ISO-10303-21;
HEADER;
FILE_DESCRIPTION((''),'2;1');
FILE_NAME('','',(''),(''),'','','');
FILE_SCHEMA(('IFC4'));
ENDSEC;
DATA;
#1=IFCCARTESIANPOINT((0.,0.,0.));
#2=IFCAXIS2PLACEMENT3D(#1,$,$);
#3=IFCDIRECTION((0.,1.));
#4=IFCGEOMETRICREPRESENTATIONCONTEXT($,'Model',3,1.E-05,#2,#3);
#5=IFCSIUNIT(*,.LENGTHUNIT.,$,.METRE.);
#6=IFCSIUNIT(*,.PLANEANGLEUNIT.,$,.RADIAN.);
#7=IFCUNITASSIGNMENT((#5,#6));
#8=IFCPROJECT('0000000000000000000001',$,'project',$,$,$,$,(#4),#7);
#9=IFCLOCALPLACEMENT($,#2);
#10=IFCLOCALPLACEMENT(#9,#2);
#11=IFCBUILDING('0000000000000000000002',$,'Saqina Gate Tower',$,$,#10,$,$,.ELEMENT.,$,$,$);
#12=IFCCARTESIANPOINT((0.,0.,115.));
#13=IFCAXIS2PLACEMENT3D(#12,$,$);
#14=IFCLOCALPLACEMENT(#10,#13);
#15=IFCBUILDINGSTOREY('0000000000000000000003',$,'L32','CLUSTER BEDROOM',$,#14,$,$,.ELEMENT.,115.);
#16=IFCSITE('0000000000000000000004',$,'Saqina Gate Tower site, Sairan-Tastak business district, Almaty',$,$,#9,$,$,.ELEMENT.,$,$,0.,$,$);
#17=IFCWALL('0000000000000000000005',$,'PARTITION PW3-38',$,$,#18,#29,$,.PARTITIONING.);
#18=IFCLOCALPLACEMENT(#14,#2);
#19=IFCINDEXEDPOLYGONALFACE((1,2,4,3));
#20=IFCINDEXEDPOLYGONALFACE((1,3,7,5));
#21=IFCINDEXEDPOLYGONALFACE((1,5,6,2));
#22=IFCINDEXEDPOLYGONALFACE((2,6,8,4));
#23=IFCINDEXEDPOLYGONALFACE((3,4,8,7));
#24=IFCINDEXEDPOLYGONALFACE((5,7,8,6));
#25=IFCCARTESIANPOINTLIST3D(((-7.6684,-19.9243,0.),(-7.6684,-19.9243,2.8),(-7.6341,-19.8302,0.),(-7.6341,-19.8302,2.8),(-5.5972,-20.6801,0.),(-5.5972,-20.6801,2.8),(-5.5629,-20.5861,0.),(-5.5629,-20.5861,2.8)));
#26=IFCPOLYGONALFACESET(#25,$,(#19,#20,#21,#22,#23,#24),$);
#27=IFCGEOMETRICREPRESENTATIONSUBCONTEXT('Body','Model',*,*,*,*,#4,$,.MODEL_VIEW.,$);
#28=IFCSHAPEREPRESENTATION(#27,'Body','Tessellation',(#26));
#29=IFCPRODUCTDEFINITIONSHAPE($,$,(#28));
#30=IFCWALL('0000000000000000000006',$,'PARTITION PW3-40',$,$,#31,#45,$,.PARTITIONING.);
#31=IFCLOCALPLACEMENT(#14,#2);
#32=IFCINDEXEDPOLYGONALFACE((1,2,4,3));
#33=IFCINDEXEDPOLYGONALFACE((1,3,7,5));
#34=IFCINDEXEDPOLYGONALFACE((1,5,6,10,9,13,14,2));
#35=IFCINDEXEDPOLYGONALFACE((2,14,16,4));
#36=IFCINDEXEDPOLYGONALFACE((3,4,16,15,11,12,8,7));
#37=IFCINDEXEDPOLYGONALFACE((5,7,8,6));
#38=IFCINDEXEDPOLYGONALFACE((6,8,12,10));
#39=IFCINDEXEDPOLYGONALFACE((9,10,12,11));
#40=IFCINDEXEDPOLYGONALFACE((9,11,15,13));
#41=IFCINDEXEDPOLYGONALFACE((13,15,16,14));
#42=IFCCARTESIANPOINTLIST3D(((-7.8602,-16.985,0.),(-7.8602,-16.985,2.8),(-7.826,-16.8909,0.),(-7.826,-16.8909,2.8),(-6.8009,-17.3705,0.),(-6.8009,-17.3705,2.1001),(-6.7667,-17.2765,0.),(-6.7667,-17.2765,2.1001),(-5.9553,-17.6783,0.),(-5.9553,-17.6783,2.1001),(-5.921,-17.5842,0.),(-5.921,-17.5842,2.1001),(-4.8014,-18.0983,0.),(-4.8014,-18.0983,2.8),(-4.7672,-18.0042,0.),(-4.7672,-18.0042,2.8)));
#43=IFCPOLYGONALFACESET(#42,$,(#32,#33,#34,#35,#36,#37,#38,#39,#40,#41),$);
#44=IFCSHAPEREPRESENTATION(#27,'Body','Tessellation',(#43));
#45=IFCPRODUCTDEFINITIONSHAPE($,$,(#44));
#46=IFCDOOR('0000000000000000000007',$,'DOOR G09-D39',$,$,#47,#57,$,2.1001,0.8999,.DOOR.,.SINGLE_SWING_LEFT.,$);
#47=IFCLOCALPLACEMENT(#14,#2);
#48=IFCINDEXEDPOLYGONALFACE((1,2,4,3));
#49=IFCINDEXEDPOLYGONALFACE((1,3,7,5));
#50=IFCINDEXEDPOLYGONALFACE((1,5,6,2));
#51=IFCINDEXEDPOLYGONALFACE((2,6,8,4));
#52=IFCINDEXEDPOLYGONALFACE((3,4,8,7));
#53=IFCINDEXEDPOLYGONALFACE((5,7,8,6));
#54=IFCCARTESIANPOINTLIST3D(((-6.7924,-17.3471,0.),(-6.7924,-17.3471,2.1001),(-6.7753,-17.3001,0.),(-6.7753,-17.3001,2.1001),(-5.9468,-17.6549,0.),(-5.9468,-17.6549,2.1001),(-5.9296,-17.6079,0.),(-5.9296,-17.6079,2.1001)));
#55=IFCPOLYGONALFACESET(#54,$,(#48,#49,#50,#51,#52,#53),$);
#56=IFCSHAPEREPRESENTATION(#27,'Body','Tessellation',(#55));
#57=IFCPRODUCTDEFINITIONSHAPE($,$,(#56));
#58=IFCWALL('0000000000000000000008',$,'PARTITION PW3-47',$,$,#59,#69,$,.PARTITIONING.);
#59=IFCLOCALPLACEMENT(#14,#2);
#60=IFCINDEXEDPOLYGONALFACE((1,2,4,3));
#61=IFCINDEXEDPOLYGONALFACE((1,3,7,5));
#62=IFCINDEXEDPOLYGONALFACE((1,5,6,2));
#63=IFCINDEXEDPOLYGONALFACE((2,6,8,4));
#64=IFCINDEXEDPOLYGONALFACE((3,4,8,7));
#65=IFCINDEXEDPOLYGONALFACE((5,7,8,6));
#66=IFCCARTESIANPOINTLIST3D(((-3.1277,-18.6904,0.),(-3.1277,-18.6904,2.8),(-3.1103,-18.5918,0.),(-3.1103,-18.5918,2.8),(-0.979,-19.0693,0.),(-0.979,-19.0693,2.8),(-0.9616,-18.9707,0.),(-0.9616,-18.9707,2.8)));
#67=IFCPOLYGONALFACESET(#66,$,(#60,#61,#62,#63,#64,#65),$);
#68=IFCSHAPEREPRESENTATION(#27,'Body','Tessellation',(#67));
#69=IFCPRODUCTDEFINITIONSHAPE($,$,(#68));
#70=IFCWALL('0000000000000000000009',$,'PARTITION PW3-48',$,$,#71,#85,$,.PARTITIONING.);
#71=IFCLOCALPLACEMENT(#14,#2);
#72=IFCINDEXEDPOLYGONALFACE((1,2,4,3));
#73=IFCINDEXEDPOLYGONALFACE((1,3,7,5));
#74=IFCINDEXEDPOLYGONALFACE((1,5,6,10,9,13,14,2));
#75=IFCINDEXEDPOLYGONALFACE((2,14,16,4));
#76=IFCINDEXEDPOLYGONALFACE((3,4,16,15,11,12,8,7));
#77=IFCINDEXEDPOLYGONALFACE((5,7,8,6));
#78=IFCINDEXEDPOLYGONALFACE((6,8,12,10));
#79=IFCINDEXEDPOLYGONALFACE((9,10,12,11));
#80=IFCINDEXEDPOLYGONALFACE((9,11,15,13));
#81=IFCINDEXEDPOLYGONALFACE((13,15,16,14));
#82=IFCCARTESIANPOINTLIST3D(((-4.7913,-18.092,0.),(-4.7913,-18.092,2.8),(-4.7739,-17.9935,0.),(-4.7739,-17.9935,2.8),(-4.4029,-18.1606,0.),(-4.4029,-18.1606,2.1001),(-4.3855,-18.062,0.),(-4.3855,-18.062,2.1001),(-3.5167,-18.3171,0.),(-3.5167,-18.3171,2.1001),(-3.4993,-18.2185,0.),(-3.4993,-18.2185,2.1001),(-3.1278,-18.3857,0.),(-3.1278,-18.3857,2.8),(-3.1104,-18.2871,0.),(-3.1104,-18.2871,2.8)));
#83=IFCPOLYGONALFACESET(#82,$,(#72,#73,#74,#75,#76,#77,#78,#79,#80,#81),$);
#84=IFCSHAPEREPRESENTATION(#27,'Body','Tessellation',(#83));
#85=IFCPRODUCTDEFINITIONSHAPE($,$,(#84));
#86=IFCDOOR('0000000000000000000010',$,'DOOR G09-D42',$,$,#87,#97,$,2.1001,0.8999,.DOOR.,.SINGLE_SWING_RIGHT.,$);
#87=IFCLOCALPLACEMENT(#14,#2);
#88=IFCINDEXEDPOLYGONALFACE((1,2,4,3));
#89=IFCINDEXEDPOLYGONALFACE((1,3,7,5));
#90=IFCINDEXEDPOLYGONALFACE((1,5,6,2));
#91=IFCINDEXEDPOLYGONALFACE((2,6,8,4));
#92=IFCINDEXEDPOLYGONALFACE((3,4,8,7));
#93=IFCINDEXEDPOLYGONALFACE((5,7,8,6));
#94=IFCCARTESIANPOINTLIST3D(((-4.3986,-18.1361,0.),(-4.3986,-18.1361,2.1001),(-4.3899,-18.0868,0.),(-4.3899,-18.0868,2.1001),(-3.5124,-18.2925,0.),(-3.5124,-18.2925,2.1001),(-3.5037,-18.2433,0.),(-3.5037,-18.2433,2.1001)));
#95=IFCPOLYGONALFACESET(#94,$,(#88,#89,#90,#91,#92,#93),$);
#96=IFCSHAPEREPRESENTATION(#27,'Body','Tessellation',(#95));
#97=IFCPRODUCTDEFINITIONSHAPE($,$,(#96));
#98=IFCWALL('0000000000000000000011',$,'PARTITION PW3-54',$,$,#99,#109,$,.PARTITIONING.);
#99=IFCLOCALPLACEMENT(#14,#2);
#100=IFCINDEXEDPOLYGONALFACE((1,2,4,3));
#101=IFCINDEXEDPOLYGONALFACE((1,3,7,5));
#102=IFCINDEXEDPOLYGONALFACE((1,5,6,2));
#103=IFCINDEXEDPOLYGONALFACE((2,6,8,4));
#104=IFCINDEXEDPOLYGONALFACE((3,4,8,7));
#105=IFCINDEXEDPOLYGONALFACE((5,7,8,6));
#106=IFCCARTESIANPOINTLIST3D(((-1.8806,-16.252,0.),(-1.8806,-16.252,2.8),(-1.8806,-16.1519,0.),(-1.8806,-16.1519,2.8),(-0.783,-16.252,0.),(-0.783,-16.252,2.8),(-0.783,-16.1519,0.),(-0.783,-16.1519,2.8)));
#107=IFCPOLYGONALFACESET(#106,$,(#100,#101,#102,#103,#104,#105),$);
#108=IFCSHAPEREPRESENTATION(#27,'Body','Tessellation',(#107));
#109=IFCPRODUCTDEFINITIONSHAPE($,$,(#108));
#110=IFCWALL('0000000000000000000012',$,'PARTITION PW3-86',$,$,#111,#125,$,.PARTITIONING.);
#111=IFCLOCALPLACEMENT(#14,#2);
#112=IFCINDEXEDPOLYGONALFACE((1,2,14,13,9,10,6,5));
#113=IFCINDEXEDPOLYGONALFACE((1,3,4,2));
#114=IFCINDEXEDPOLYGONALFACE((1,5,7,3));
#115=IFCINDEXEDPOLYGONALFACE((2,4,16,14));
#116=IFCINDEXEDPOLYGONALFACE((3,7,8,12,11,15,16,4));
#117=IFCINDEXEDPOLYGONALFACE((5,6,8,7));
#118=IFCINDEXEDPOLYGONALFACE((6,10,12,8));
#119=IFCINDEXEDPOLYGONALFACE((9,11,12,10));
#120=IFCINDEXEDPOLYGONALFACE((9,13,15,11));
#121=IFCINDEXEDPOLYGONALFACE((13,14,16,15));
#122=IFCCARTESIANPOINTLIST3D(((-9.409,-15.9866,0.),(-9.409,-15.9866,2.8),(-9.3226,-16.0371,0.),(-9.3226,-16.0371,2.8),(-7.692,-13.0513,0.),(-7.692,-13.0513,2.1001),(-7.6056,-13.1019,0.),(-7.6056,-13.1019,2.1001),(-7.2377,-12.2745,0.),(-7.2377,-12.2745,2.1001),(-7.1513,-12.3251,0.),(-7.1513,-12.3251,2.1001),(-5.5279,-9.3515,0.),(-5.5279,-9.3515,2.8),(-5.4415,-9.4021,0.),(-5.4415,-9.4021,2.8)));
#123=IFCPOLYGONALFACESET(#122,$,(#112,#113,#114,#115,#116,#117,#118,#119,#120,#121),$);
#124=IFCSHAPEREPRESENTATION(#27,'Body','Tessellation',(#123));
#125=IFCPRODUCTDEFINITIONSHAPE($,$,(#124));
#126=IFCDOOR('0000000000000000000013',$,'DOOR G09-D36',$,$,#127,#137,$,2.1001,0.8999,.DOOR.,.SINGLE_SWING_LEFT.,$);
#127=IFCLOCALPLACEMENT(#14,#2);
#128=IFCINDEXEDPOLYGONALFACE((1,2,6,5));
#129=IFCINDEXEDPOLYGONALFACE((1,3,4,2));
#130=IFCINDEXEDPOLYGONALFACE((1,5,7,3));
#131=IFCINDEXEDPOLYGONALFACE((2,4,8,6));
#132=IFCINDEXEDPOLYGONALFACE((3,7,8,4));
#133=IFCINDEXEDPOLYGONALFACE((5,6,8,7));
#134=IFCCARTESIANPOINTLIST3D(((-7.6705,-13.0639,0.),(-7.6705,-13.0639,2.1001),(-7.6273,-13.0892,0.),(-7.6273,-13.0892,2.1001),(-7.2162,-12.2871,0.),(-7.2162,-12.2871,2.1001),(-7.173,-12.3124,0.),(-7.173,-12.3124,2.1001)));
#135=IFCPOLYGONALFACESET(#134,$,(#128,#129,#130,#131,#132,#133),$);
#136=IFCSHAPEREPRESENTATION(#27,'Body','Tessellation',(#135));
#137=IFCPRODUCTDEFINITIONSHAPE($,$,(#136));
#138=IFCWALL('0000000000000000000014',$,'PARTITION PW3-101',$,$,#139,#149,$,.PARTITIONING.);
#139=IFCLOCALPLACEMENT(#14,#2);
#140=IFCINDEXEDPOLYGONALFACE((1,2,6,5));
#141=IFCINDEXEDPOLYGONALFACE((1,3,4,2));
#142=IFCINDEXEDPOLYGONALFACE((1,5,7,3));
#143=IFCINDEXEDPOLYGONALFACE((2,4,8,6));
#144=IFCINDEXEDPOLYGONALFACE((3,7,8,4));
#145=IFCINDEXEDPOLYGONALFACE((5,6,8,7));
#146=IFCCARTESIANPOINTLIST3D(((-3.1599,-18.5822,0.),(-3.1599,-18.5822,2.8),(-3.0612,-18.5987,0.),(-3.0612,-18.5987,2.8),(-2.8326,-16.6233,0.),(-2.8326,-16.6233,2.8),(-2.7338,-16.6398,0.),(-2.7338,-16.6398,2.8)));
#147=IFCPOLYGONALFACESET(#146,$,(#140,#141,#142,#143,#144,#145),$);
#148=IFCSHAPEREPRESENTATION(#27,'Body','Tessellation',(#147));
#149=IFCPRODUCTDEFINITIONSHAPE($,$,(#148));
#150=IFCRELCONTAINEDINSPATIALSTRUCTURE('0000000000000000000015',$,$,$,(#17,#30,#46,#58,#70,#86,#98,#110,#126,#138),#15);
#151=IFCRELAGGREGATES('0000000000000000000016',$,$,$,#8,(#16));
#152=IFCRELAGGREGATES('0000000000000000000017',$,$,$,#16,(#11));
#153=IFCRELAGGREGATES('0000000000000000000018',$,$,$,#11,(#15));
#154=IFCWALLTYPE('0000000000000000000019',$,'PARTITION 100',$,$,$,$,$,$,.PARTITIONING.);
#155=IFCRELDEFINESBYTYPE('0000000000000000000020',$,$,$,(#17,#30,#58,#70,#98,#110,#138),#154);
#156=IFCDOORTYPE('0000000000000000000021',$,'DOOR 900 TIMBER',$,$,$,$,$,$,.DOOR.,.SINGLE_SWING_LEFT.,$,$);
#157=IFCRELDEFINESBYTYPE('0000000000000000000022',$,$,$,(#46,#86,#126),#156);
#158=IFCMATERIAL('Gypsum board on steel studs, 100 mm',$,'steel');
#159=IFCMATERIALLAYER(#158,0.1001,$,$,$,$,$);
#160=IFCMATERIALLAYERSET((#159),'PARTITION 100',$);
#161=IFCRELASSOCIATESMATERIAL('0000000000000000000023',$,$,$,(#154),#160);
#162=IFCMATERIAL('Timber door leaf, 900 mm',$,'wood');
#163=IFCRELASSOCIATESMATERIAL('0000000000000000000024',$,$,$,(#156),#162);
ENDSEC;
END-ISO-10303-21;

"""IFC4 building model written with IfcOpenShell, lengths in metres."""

from ifc_helpers import new_model, si_unit, direction, frame, frame_2d, origin, place, context, subcontext, project, spatial, rectangle, extrude, material, layer, layer_set, type_object, element, fill, save


model = new_model("IFC4")

# Units and contexts
model_context = context("Model", 3, precision=1e-05, world=origin(), true_north=direction((0.0, 1.0)))
body_context = subcontext(model_context, "Body", "Model", "MODEL_VIEW")
ifc_project = project(units=[si_unit("LENGTHUNIT", "METRE"), si_unit("PLANEANGLEUNIT", "RADIAN")], contexts=[model_context])

# Site, building, storey
site_placement = place(None, origin())
site = spatial("IfcSite", under=ifc_project, at=site_placement, Name="Saqina Gate Tower site, Sairan-Tastak business district, Almaty", CompositionType="ELEMENT", RefElevation=0.0)
building_placement = place(site_placement, origin())
building = spatial("IfcBuilding", under=site, at=building_placement, Name="Saqina Gate Tower", CompositionType="ELEMENT")
storey_placement = place(building_placement, frame((0.0, 0.0, 115.0)))
storey = spatial("IfcBuildingStorey", under=building, at=storey_placement, Name="L32", Description="CLUSTER BEDROOM", CompositionType="ELEMENT", Elevation=115.0)

# Wall
ifc_material_1 = material(Name="Gypsum board on steel studs, 100 mm", Category="steel")
ifc_layer_1 = layer(ifc_material_1, 0.1001)
ifc_layer_set_1 = layer_set([ifc_layer_1], Name="PARTITION 100")
wall_type_1 = type_object("IfcWallType", Name="PARTITION 100", PredefinedType="PARTITIONING", material=ifc_layer_set_1)
wall_1_placement = place(storey_placement, frame((-7.6514, -19.8772, 0.0), z_axis=(0.0, 0.0, 1.0), x_axis=(0.939405, -0.34281, 0.0)))
element("IfcWall", 1, at=wall_1_placement, inside=storey, type_object=wall_type_1, Name="PARTITION PW3-38", PredefinedType="PARTITIONING", context=body_context, shape_type="SweptSolid", body=[
    extrude(rectangle(XDim=2.2048, YDim=0.1001, at=frame_2d((1.1025, 0.0))), origin(), (0.0, 0.0, 1.0), 2.8),
])

# Wall, opening, door
wall_2_placement = place(storey_placement, frame((-7.843, -16.938, 0.0), z_axis=(0.0, 0.0, 1.0), x_axis=(0.939697, -0.342008, 0.0)))
wall_2 = element("IfcWall", 2, at=wall_2_placement, inside=storey, type_object=wall_type_1, Name="PARTITION PW3-40", PredefinedType="PARTITIONING", context=body_context, shape_type="SweptSolid", body=[
    extrude(rectangle(XDim=3.2551, YDim=0.1001, at=frame_2d((1.6274, 0.0))), origin(), (0.0, 0.0, 1.0), 2.8),
])
opening_1_placement = place(wall_2_placement, frame((1.1272, 0.0, 0.0)))
opening_1 = element("IfcOpeningElement", 3, at=opening_1_placement, cuts=wall_2, PredefinedType="OPENING", context=body_context, shape_type="SweptSolid", body=[
    extrude(rectangle(XDim=0.8999, YDim=2.1001, at=frame_2d((0.45, 1.05))), frame((0.0, 0.062, 0.0), z_axis=(0.0, -1.0, 0.0), x_axis=(1.0, 0.0, 0.0)), (0.0, 0.0, 1.0), 0.124),
])
ifc_material_2 = material(Name="Timber door leaf, 900 mm", Category="wood")
door_type_1 = type_object("IfcDoorType", Name="DOOR 900 TIMBER", OperationType="SINGLE_SWING_LEFT", PredefinedType="DOOR", material=ifc_material_2)
door_1_placement = place(opening_1_placement, origin())
door_1 = element("IfcDoor", 4, at=door_1_placement, inside=storey, type_object=door_type_1, Name="DOOR G09-D39", OperationType="SINGLE_SWING_LEFT", OverallHeight=2.1001, OverallWidth=0.8999, PredefinedType="DOOR", context=body_context, shape_type="SweptSolid", body=[
    extrude(rectangle(XDim=0.8999, YDim=2.1001, at=frame_2d((0.45, 1.05))), frame((0.0, 0.0249, 0.0), z_axis=(0.0, -1.0, 0.0), x_axis=(1.0, 0.0, 0.0)), (0.0, 0.0, 1.0), 0.05),
])
fill(opening_1, door_1)

# Wall
wall_3_placement = place(storey_placement, frame((-3.1189, -18.6411, 0.0), z_axis=(0.0, 0.0, 1.0), x_axis=(0.984805, -0.173664, 0.0)))
element("IfcWall", 5, at=wall_3_placement, inside=storey, type_object=wall_type_1, Name="PARTITION PW3-47", PredefinedType="PARTITIONING", context=body_context, shape_type="SweptSolid", body=[
    extrude(rectangle(XDim=2.1819, YDim=0.1001, at=frame_2d((1.0908, 0.0))), origin(), (0.0, 0.0, 1.0), 2.8),
])

# Wall, opening, door
wall_4_placement = place(storey_placement, frame((-4.7827, -18.0427, 0.0), z_axis=(0.0, 0.0, 1.0), x_axis=(0.98477, -0.17386, 0.0)))
wall_4 = element("IfcWall", 6, at=wall_4_placement, inside=storey, type_object=wall_type_1, Name="PARTITION PW3-48", PredefinedType="PARTITIONING", context=body_context, shape_type="SweptSolid", body=[
    extrude(rectangle(XDim=1.6892, YDim=0.1001, at=frame_2d((0.8447, 0.0))), origin(), (0.0, 0.0, 1.0), 2.8),
])
opening_2_placement = place(wall_4_placement, frame((0.3945, 0.0, 0.0)))
opening_2 = element("IfcOpeningElement", 7, at=opening_2_placement, cuts=wall_4, PredefinedType="OPENING", context=body_context, shape_type="SweptSolid", body=[
    extrude(rectangle(XDim=0.8999, YDim=2.1001, at=frame_2d((0.45, 1.05))), frame((0.0, 0.062, 0.0), z_axis=(0.0, -1.0, 0.0), x_axis=(1.0, 0.0, 0.0)), (0.0, 0.0, 1.0), 0.124),
])
door_2_placement = place(opening_2_placement, origin())
door_2 = element("IfcDoor", 8, at=door_2_placement, inside=storey, type_object=door_type_1, Name="DOOR G09-D42", OperationType="SINGLE_SWING_RIGHT", OverallHeight=2.1001, OverallWidth=0.8999, PredefinedType="DOOR", context=body_context, shape_type="SweptSolid", body=[
    extrude(rectangle(XDim=0.8999, YDim=2.1001, at=frame_2d((0.45, 1.05))), frame((0.0, 0.0249, 0.0), z_axis=(0.0, -1.0, 0.0), x_axis=(1.0, 0.0, 0.0)), (0.0, 0.0, 1.0), 0.05),
])
fill(opening_2, door_2)

# Wall
wall_5_placement = place(storey_placement, frame((-1.8806, -16.2019, 0.0), z_axis=(0.0, 0.0, 1.0), x_axis=(1.0, 0.0, 0.0)))
element("IfcWall", 9, at=wall_5_placement, inside=storey, type_object=wall_type_1, Name="PARTITION PW3-54", PredefinedType="PARTITIONING", context=body_context, shape_type="SweptSolid", body=[
    extrude(rectangle(XDim=1.0977, YDim=0.1001, at=frame_2d((0.5488, 0.0))), origin(), (0.0, 0.0, 1.0), 2.8),
])

# Wall, opening, door
wall_6_placement = place(storey_placement, frame((-9.3657, -16.0117, 0.0), z_axis=(0.0, 0.0, 1.0), x_axis=(0.504907, 0.863173, 0.0)))
wall_6 = element("IfcWall", 10, at=wall_6_placement, inside=storey, type_object=wall_type_1, Name="PARTITION PW3-86", PredefinedType="PARTITIONING", context=body_context, shape_type="SweptSolid", body=[
    extrude(rectangle(XDim=7.6868, YDim=0.1001, at=frame_2d((3.8433, 0.0))), origin(), (0.0, 0.0, 1.0), 2.8),
])
opening_3_placement = place(wall_6_placement, frame((3.4004, 0.0, 0.0)))
opening_3 = element("IfcOpeningElement", 11, at=opening_3_placement, cuts=wall_6, PredefinedType="OPENING", context=body_context, shape_type="SweptSolid", body=[
    extrude(rectangle(XDim=0.8999, YDim=2.1001, at=frame_2d((0.45, 1.05))), frame((0.0, 0.062, 0.0), z_axis=(0.0, -1.0, 0.0), x_axis=(1.0, 0.0, 0.0)), (0.0, 0.0, 1.0), 0.124),
])
door_3_placement = place(opening_3_placement, frame((0.8999, 0.0, 0.0), z_axis=(0.0, 0.0, 1.0), x_axis=(-1.0, 0.0, 0.0)))
door_3 = element("IfcDoor", 12, at=door_3_placement, inside=storey, type_object=door_type_1, Name="DOOR G09-D36", OperationType="SINGLE_SWING_LEFT", OverallHeight=2.1001, OverallWidth=0.8999, PredefinedType="DOOR", context=body_context, shape_type="SweptSolid", body=[
    extrude(rectangle(XDim=0.8999, YDim=2.1001, at=frame_2d((0.45, 1.05))), frame((0.0, 0.0249, 0.0), z_axis=(0.0, -1.0, 0.0), x_axis=(1.0, 0.0, 0.0)), (0.0, 0.0, 1.0), 0.05),
])
fill(opening_3, door_3)

# Wall
wall_7_placement = place(storey_placement, frame((-3.1106, -18.5906, 0.0), z_axis=(0.0, 0.0, 1.0), x_axis=(0.164838, 0.986321, 0.0)))
element("IfcWall", 13, at=wall_7_placement, inside=storey, type_object=wall_type_1, Name="PARTITION PW3-101", PredefinedType="PARTITIONING", context=body_context, shape_type="SweptSolid", body=[
    extrude(rectangle(XDim=1.9861, YDim=0.1001, at=frame_2d((0.9932, 0.0))), origin(), (0.0, 0.0, 1.0), 2.8),
])

save(model, "model.ifc")
